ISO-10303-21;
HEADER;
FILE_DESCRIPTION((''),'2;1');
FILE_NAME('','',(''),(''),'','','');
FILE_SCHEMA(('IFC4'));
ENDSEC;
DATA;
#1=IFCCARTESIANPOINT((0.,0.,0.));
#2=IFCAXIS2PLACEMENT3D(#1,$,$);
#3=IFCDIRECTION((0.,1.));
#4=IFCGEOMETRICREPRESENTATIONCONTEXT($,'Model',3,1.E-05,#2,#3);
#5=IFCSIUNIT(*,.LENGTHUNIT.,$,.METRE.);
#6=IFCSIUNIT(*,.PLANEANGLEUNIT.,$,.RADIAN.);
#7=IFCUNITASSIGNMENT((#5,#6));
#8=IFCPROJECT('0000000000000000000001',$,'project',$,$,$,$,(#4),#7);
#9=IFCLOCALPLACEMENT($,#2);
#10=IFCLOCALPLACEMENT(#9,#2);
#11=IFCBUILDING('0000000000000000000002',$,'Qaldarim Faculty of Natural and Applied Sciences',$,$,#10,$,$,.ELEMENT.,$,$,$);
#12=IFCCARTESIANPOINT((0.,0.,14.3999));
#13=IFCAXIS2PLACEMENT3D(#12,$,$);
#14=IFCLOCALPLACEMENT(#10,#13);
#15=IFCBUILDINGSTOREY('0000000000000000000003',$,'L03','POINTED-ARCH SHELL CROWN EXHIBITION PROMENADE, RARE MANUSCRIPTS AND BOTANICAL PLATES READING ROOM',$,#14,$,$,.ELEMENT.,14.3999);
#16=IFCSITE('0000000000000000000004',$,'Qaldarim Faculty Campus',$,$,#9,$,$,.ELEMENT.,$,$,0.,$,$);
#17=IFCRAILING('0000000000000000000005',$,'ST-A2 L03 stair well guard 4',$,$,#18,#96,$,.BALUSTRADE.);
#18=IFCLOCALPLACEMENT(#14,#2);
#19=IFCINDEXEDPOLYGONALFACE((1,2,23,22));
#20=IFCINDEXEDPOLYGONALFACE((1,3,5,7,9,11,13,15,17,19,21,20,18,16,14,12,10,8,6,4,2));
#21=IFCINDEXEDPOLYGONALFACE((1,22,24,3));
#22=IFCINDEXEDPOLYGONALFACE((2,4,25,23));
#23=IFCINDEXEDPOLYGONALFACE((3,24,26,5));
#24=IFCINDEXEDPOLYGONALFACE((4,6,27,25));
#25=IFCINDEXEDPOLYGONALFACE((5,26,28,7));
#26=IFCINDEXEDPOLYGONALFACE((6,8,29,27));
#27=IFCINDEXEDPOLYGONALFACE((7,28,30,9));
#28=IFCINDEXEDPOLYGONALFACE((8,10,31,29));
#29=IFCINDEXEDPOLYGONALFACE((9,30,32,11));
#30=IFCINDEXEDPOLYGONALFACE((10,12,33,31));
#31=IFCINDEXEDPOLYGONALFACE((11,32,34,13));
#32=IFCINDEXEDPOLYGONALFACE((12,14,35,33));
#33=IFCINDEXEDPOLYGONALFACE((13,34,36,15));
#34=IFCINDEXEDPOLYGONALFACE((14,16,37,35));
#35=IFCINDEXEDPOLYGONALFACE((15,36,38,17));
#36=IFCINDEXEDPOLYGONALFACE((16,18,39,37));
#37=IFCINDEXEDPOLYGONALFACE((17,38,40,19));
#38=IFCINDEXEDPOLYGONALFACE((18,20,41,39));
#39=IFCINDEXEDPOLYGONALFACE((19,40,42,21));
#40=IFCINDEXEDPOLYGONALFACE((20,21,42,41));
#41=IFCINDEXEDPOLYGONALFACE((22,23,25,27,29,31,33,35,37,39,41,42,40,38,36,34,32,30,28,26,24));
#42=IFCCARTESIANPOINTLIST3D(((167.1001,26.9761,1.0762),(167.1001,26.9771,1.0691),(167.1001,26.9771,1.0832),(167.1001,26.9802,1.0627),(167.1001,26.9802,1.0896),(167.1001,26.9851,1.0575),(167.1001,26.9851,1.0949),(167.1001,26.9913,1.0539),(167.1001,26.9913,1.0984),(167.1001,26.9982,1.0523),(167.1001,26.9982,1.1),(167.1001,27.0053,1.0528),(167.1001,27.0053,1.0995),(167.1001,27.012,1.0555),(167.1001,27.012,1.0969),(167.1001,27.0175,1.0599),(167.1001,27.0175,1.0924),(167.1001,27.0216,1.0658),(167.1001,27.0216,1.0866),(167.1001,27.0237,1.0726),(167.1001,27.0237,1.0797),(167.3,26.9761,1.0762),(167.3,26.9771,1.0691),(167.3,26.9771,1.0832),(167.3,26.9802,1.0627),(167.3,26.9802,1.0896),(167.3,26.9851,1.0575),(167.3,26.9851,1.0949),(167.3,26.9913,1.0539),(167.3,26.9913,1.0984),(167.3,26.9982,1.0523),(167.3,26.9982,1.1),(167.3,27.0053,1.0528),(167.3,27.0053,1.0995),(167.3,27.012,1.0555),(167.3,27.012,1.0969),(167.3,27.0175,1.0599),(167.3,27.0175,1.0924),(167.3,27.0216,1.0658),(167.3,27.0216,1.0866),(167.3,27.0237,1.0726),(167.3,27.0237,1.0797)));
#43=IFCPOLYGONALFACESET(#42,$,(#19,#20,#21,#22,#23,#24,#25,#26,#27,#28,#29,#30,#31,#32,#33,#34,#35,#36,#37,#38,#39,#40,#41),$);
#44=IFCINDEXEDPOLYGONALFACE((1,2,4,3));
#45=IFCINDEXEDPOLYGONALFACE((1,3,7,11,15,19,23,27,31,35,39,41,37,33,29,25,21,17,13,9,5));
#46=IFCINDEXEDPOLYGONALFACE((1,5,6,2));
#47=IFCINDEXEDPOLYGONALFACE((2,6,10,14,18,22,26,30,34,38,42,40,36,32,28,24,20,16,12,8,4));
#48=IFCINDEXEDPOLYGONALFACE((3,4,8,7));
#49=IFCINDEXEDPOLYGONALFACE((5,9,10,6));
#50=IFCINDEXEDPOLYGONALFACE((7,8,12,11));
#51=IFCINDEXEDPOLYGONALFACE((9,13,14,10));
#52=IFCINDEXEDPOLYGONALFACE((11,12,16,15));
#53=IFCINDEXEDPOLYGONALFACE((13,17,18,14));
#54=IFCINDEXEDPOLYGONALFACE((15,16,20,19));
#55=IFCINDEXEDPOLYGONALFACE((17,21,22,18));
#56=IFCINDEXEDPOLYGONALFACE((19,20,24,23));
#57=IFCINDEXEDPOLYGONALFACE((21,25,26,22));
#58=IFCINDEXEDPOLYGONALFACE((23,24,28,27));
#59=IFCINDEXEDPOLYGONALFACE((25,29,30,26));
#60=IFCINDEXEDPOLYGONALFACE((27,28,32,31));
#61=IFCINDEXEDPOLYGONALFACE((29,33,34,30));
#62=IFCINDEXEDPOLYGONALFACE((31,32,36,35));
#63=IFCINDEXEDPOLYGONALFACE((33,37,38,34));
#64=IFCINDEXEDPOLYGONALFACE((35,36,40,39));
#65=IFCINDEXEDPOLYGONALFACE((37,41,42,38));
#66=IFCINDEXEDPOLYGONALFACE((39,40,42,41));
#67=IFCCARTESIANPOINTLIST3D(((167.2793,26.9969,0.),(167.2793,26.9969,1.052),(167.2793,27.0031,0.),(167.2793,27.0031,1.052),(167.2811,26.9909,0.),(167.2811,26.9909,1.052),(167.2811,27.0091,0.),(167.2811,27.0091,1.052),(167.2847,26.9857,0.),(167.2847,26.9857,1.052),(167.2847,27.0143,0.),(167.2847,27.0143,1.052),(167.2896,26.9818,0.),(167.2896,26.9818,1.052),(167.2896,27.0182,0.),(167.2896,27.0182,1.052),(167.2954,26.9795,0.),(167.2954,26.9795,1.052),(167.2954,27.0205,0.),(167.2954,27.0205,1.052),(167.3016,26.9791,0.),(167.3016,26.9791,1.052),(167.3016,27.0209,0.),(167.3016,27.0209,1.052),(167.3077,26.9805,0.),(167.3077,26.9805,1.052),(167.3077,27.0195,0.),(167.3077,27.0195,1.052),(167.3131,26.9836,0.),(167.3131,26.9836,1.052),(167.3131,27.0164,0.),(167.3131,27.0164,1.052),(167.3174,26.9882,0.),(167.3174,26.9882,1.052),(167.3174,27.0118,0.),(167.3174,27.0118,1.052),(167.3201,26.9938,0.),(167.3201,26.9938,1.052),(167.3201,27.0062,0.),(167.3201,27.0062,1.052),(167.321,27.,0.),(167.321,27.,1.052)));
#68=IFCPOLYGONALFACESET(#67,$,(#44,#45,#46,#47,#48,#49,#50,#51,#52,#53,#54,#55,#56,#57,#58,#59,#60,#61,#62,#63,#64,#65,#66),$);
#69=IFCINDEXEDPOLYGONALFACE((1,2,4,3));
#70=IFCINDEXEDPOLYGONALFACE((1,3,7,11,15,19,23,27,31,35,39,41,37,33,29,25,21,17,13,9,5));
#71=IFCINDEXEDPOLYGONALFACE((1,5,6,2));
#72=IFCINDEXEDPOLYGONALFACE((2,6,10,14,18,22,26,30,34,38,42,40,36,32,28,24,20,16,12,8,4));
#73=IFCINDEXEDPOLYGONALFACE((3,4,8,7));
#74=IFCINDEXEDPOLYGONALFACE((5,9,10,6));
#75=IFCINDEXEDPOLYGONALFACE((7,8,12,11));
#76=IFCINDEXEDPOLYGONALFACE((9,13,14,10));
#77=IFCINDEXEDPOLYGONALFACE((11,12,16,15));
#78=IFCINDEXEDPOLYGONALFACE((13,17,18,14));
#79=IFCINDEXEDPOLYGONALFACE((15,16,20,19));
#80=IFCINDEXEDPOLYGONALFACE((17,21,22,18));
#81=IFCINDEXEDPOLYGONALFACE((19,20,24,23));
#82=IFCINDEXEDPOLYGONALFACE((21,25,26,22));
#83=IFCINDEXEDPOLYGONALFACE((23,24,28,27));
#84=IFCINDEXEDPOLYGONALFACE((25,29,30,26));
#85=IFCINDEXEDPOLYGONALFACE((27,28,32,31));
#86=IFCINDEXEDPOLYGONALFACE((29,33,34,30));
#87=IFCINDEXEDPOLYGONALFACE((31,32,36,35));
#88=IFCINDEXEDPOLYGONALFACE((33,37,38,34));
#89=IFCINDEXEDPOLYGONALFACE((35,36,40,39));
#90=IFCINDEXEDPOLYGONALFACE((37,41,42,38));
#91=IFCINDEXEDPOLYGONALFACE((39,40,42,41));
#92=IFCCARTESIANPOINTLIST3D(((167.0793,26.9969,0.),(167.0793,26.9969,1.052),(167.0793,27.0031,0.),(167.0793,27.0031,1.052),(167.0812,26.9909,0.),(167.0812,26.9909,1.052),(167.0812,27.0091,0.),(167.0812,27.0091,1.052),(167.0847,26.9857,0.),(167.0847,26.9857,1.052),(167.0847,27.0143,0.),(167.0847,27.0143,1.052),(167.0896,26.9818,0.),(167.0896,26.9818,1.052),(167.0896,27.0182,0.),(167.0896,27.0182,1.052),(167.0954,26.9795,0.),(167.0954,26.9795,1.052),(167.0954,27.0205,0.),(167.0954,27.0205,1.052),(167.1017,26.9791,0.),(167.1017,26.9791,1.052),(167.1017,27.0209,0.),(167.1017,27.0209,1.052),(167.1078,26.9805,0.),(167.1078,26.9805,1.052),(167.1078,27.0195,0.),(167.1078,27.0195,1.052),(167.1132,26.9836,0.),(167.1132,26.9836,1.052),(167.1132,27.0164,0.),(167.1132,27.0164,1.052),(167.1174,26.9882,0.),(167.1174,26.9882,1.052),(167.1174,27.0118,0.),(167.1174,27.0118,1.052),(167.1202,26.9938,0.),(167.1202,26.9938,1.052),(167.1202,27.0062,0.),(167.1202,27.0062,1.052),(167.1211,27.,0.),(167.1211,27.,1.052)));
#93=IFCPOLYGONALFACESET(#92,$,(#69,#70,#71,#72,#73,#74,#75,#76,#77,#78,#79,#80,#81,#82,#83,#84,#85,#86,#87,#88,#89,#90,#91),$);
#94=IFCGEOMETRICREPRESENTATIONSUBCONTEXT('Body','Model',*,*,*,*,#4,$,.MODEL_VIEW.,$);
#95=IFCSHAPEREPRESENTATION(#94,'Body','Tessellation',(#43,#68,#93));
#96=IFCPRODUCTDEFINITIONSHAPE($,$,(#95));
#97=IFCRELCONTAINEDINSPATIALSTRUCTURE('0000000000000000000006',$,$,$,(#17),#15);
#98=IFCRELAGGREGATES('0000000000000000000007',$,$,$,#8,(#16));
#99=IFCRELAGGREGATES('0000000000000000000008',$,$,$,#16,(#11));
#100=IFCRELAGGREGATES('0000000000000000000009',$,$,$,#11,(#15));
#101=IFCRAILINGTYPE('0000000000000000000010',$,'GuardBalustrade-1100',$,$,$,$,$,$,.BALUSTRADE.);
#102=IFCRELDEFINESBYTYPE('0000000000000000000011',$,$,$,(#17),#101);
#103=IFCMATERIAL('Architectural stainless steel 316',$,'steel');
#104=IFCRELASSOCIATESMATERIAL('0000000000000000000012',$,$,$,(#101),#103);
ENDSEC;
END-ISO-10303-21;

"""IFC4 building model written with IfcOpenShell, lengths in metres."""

from ifc_helpers import new_model, si_unit, direction, frame, origin, origin_2d, place, context, subcontext, project, spatial, circle, extrude, material, type_object, element, save


model = new_model("IFC4")

# Units and contexts
model_context = context("Model", 3, precision=1e-05, world=origin(), true_north=direction((0.0, 1.0)))
body_context = subcontext(model_context, "Body", "Model", "MODEL_VIEW")
ifc_project = project(units=[si_unit("LENGTHUNIT", "METRE"), si_unit("PLANEANGLEUNIT", "RADIAN")], contexts=[model_context])

# Site, building, storey
site_placement = place(None, origin())
site = spatial("IfcSite", under=ifc_project, at=site_placement, Name="Qaldarim Faculty Campus", CompositionType="ELEMENT", RefElevation=0.0)
building_placement = place(site_placement, origin())
building = spatial("IfcBuilding", under=site, at=building_placement, Name="Qaldarim Faculty of Natural and Applied Sciences", CompositionType="ELEMENT")
storey_placement = place(building_placement, frame((0.0, 0.0, 14.3999)))
storey = spatial("IfcBuildingStorey", under=building, at=storey_placement, Name="L03", Description="POINTED-ARCH SHELL CROWN EXHIBITION PROMENADE, RARE MANUSCRIPTS AND BOTANICAL PLATES READING ROOM", CompositionType="ELEMENT", Elevation=14.3999)

# Shared definitions
ifc_material_1 = material(Name="Architectural stainless steel 316", Category="steel")

# Railing
railing_type_1 = type_object("IfcRailingType", Name="GuardBalustrade-1100", PredefinedType="BALUSTRADE", material=ifc_material_1)
railing_1_placement = place(storey_placement, frame((167.3, 27.0, 0.0)))
element("IfcRailing", 1, at=railing_1_placement, inside=storey, type_object=railing_type_1, Name="ST-A2 L03 stair well guard 4", PredefinedType="BALUSTRADE", context=body_context, shape_type="SweptSolid", body=[
    extrude(circle(Radius=0.0239, at=origin_2d()), frame((0.0, 0.0, 1.0762), z_axis=(-1.0, 0.0, 0.0), x_axis=(0.0, -1.0, 0.0)), (0.0, 0.0, 1.0), 0.2),
    extrude(circle(Radius=0.021, at=origin_2d()), origin(), (0.0, 0.0, 1.0), 1.052),
    extrude(circle(Radius=0.021, at=origin_2d()), frame((-0.2, 0.0, 0.0)), (0.0, 0.0, 1.0), 1.052),
])

save(model, "model.ifc")
